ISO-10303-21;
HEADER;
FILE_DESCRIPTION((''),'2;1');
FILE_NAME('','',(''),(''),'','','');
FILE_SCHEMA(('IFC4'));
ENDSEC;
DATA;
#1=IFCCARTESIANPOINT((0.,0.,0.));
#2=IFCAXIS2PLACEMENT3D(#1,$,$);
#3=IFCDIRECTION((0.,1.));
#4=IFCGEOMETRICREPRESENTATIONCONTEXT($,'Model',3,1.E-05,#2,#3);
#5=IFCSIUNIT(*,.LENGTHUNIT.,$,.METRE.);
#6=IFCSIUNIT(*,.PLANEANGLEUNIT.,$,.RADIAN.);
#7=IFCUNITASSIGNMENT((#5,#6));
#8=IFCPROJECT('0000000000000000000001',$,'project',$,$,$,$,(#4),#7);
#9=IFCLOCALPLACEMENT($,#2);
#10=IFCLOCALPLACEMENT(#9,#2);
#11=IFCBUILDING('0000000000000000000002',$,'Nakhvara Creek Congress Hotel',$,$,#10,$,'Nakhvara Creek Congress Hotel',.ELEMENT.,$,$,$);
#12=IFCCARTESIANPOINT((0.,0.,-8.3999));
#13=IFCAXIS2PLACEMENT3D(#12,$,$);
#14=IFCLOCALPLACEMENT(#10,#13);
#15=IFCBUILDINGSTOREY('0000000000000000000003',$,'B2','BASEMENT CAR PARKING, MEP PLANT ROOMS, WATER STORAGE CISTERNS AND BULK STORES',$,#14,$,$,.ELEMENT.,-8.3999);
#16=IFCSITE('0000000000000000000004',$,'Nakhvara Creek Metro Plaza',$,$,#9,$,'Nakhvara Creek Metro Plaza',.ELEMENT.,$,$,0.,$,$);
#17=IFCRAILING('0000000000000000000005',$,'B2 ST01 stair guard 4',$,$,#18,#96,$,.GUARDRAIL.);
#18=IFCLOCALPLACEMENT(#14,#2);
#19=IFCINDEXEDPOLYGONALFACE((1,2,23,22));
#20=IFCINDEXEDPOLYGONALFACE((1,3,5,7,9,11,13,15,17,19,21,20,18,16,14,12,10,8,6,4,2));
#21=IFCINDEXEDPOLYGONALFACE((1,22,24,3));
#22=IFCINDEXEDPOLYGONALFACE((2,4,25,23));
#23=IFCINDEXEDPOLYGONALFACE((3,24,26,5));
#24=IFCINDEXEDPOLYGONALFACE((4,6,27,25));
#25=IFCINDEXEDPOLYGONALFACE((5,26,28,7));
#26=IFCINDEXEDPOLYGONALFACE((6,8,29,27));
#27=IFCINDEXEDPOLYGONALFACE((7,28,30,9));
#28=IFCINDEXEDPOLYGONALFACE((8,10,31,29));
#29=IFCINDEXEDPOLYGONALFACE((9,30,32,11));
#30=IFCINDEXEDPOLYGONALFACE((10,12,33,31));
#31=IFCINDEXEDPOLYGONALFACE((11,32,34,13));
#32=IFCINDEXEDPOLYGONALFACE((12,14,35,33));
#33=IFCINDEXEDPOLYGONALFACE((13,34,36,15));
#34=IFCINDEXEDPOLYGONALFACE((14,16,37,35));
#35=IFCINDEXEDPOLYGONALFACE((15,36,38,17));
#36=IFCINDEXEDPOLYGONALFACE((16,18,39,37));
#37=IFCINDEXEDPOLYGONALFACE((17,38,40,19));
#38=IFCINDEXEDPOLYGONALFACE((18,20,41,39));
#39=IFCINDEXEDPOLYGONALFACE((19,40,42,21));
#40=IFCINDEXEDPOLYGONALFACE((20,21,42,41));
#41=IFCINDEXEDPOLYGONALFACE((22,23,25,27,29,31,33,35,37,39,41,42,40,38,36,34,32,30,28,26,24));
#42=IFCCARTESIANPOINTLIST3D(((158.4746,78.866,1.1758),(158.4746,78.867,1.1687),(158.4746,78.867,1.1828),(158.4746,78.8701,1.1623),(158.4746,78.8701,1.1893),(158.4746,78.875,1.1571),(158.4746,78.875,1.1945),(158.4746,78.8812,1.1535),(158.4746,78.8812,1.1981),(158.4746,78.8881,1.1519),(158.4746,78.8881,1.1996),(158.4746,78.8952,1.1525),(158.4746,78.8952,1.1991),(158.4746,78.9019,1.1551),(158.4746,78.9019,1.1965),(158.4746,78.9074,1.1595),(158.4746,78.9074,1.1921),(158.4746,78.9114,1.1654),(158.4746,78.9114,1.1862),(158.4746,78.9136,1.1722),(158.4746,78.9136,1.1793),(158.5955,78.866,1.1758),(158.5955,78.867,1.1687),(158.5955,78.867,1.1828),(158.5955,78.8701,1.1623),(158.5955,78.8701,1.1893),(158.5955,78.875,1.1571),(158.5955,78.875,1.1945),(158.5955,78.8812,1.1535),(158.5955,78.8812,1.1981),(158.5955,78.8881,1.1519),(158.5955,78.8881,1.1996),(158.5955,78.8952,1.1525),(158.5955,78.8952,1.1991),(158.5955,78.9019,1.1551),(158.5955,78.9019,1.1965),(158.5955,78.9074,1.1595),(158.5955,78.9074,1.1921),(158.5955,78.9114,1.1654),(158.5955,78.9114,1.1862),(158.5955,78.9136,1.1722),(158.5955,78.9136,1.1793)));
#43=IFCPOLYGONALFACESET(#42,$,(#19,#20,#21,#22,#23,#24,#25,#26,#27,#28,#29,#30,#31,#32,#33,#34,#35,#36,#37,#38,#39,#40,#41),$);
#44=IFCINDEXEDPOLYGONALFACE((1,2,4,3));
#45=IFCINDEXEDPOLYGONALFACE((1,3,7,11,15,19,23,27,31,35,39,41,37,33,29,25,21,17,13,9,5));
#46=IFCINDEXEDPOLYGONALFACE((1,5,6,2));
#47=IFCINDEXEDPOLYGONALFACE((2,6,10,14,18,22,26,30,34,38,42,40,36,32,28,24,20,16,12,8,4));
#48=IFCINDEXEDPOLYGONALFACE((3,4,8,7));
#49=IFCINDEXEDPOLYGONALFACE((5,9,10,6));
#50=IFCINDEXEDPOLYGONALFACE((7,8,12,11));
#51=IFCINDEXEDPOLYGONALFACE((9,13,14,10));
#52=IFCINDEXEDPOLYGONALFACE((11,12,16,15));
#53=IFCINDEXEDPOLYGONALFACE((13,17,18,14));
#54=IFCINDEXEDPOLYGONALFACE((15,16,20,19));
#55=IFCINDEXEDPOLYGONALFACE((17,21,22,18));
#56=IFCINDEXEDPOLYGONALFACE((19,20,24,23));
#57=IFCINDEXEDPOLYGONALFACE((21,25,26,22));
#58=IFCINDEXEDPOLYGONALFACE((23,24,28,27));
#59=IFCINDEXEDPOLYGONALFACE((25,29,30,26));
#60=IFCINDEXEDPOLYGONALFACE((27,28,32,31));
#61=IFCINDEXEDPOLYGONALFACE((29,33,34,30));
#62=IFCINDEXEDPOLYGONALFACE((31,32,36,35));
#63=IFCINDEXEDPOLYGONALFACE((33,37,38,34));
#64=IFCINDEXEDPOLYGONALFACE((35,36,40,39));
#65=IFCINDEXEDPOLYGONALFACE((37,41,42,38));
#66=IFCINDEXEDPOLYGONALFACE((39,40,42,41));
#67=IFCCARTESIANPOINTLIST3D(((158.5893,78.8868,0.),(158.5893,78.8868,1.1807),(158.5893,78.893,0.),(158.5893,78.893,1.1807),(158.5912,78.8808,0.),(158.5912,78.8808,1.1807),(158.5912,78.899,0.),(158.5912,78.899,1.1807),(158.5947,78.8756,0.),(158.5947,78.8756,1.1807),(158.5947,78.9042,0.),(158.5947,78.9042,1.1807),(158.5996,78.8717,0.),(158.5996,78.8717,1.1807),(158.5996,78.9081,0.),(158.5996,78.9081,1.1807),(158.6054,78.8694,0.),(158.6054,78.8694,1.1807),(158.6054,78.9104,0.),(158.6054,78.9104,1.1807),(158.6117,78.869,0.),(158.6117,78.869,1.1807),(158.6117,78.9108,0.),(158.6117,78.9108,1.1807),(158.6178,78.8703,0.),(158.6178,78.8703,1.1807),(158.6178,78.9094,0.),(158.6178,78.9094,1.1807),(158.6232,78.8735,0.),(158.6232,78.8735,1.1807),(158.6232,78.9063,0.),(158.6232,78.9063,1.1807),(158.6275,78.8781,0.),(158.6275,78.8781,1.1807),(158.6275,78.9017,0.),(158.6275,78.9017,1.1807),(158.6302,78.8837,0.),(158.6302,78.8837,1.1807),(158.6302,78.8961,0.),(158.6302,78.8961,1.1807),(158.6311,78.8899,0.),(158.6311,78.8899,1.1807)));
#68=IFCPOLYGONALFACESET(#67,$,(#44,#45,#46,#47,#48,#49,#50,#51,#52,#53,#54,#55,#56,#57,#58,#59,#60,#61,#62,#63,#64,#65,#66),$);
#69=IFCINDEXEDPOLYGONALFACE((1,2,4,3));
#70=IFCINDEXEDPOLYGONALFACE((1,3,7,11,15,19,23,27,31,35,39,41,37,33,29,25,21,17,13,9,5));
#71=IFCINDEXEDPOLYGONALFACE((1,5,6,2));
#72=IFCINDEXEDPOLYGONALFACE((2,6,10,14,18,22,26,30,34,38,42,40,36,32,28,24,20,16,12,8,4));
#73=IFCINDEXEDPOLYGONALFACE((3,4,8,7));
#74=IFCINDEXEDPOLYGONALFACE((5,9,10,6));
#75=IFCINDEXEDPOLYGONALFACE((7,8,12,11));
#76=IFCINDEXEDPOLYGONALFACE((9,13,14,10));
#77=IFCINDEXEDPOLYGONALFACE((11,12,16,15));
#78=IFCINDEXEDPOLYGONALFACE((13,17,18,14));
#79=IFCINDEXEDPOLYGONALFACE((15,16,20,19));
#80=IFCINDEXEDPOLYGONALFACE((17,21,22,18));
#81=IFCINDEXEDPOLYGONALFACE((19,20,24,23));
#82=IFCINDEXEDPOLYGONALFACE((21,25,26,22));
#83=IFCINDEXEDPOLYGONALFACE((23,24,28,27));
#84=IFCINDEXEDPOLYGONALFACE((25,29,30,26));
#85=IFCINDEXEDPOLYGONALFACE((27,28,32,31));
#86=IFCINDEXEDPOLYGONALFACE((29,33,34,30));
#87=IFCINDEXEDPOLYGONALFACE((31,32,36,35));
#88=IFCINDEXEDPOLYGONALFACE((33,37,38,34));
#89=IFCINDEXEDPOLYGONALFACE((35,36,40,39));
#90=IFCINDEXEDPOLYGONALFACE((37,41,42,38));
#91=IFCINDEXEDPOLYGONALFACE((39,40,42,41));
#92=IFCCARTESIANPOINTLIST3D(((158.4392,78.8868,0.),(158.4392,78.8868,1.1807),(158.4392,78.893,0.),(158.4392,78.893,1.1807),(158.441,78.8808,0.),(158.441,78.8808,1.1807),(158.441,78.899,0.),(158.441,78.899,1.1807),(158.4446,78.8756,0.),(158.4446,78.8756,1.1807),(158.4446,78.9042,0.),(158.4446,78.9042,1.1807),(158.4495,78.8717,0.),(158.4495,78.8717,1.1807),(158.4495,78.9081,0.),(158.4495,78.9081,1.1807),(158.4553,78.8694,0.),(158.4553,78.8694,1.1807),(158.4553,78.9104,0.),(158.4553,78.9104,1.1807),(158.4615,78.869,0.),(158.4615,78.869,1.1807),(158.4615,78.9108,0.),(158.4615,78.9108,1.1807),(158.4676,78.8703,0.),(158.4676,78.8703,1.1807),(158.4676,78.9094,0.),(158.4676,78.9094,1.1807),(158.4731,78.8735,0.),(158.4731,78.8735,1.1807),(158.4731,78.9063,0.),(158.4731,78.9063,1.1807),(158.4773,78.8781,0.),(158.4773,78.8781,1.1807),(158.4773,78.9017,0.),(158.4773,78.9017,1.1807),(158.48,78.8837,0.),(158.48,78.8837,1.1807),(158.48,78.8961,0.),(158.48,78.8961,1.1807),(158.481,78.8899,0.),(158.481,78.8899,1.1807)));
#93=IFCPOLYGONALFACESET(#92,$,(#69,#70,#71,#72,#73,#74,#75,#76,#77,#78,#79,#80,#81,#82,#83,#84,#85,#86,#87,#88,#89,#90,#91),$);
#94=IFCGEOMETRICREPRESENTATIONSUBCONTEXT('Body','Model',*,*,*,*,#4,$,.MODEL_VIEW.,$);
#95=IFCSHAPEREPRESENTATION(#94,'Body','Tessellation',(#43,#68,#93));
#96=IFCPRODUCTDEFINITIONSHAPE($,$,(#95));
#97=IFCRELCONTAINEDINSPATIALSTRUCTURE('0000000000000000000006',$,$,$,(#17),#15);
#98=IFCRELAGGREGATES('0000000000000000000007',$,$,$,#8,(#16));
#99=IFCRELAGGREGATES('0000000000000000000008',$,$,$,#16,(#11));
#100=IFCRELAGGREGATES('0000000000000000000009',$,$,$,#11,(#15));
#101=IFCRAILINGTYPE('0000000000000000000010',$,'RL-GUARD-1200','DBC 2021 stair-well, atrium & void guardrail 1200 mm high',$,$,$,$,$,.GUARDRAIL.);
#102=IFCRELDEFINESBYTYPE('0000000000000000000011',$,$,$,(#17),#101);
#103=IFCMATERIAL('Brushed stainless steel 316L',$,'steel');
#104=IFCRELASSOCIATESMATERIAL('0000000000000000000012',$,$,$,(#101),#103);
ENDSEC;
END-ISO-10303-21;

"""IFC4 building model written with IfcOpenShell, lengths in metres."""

from ifc_helpers import new_model, si_unit, direction, frame, origin, origin_2d, place, context, subcontext, project, spatial, circle, extrude, material, type_object, element, save


model = new_model("IFC4")

# Units and contexts
model_context = context("Model", 3, precision=1e-05, world=origin(), true_north=direction((0.0, 1.0)))
body_context = subcontext(model_context, "Body", "Model", "MODEL_VIEW")
ifc_project = project(units=[si_unit("LENGTHUNIT", "METRE"), si_unit("PLANEANGLEUNIT", "RADIAN")], contexts=[model_context])

# Site, building, storey
site_placement = place(None, origin())
site = spatial("IfcSite", under=ifc_project, at=site_placement, Name="Nakhvara Creek Metro Plaza", LongName="Nakhvara Creek Metro Plaza", CompositionType="ELEMENT", RefElevation=0.0)
building_placement = place(site_placement, origin())
building = spatial("IfcBuilding", under=site, at=building_placement, Name="Nakhvara Creek Congress Hotel", LongName="Nakhvara Creek Congress Hotel", CompositionType="ELEMENT")
storey_placement = place(building_placement, frame((0.0, 0.0, -8.3999)))
storey = spatial("IfcBuildingStorey", under=building, at=storey_placement, Name="B2", Description="BASEMENT CAR PARKING, MEP PLANT ROOMS, WATER STORAGE CISTERNS AND BULK STORES", CompositionType="ELEMENT", Elevation=-8.3999)

# Railing
ifc_material_1 = material(Name="Brushed stainless steel 316L", Category="steel")
railing_type_1 = type_object("IfcRailingType", Name="RL-GUARD-1200", Description="DBC 2021 stair-well, atrium & void guardrail 1200 mm high", PredefinedType="GUARDRAIL", material=ifc_material_1)
railing_1_placement = place(storey_placement, frame((158.6101, 78.8899, 0.0)))
element("IfcRailing", 1, at=railing_1_placement, inside=storey, type_object=railing_type_1, Name="B2 ST01 stair guard 4", PredefinedType="GUARDRAIL", context=body_context, shape_type="SweptSolid", body=[
    extrude(circle(Radius=0.0239, at=origin_2d()), frame((-0.0146, 0.0, 1.1758), z_axis=(-1.0, 0.0, 0.0), x_axis=(0.0, -1.0, 0.0)), (0.0, 0.0, 1.0), 0.1208),
    extrude(circle(Radius=0.021, at=origin_2d()), origin(), (0.0, 0.0, 1.0), 1.1807),
    extrude(circle(Radius=0.021, at=origin_2d()), frame((-0.1501, 0.0, 0.0)), (0.0, 0.0, 1.0), 1.1807),
])

save(model, "model.ifc")
